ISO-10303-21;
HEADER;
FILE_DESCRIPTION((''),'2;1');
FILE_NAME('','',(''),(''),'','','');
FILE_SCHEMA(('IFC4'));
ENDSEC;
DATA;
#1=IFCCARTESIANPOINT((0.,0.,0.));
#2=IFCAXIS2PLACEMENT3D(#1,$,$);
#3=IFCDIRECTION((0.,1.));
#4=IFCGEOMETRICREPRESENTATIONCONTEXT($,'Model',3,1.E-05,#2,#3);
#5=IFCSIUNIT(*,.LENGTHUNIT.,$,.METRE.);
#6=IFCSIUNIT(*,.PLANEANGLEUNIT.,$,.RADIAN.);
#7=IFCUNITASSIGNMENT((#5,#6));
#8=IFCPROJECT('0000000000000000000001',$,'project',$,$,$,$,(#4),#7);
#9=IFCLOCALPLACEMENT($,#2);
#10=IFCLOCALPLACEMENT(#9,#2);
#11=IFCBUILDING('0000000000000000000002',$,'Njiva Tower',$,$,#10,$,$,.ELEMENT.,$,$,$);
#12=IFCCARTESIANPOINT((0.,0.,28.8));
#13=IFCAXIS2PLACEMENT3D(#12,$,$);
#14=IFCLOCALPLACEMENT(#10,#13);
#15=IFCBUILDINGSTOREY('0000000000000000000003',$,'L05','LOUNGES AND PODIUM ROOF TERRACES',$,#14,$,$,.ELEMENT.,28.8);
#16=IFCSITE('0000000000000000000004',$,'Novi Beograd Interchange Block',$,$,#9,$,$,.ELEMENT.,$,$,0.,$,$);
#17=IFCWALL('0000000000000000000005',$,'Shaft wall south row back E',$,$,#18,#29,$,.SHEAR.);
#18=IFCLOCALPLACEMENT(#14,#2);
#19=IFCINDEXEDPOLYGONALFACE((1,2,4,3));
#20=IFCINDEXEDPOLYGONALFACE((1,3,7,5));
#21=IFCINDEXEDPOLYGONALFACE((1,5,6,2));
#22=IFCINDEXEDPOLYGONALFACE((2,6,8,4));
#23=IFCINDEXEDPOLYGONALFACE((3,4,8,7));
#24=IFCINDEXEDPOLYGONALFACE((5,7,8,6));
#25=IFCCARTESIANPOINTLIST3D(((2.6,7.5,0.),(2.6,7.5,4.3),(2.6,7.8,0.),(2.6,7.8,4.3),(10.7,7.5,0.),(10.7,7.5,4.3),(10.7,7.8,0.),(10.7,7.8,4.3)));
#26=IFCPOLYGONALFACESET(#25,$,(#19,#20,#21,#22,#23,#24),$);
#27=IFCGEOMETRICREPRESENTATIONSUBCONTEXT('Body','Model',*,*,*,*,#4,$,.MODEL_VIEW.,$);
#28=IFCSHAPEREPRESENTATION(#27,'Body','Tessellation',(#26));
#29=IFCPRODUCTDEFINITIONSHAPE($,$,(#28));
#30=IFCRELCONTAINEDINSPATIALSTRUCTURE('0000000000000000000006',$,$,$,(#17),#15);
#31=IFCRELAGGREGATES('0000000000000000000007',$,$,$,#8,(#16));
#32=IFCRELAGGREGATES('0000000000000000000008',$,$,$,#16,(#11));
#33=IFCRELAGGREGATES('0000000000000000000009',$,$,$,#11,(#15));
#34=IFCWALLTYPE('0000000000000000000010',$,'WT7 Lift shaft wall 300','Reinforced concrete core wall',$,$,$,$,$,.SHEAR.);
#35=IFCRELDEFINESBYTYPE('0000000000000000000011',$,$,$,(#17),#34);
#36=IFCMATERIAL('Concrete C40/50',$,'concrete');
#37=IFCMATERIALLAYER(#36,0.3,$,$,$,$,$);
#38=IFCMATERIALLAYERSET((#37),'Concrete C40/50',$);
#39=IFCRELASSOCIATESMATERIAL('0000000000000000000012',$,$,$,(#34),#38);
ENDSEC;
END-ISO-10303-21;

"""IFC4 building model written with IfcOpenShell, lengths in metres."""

from ifc_helpers import new_model, si_unit, direction, frame, frame_2d, origin, place, context, subcontext, project, spatial, rectangle, extrude, material, layer, layer_set, type_object, element, save


model = new_model("IFC4")

# Units and contexts
model_context = context("Model", 3, precision=1e-05, world=origin(), true_north=direction((0.0, 1.0)))
body_context = subcontext(model_context, "Body", "Model", "MODEL_VIEW")
ifc_project = project(units=[si_unit("LENGTHUNIT", "METRE"), si_unit("PLANEANGLEUNIT", "RADIAN")], contexts=[model_context])

# Site, building, storey
site_placement = place(None, origin())
site = spatial("IfcSite", under=ifc_project, at=site_placement, Name="Novi Beograd Interchange Block", CompositionType="ELEMENT", RefElevation=0.0)
building_placement = place(site_placement, origin())
building = spatial("IfcBuilding", under=site, at=building_placement, Name="Njiva Tower", CompositionType="ELEMENT")
storey_placement = place(building_placement, frame((0.0, 0.0, 28.8)))
storey = spatial("IfcBuildingStorey", under=building, at=storey_placement, Name="L05", Description="LOUNGES AND PODIUM ROOF TERRACES", CompositionType="ELEMENT", Elevation=28.8)

# Shared definitions
ifc_material_1 = material(Name="Concrete C40/50", Category="concrete")

# Wall
ifc_layer_1 = layer(ifc_material_1, 0.3)
ifc_layer_set_1 = layer_set([ifc_layer_1], Name="Concrete C40/50")
wall_type_1 = type_object("IfcWallType", Name="WT7 Lift shaft wall 300", Description="Reinforced concrete core wall", PredefinedType="SHEAR", material=ifc_layer_set_1)
for number, where, z_axis, x_axis, name in (
    (1, (2.6, 7.65, 0.0), (0.0, 0.0, 1.0), (1.0, 0.0, 0.0), "Shaft wall south row back E"),
):
    element("IfcWall", number, at=place(storey_placement, frame(where, z_axis=z_axis, x_axis=x_axis)), inside=storey, type_object=wall_type_1, Name=name, PredefinedType="SHEAR", context=body_context, shape_type="SweptSolid", body=[
        extrude(rectangle(XDim=8.1, YDim=0.3, at=frame_2d((4.05, 0.0))), origin(), (0.0, 0.0, 1.0), 4.3),
    ])

save(model, "model.ifc")
